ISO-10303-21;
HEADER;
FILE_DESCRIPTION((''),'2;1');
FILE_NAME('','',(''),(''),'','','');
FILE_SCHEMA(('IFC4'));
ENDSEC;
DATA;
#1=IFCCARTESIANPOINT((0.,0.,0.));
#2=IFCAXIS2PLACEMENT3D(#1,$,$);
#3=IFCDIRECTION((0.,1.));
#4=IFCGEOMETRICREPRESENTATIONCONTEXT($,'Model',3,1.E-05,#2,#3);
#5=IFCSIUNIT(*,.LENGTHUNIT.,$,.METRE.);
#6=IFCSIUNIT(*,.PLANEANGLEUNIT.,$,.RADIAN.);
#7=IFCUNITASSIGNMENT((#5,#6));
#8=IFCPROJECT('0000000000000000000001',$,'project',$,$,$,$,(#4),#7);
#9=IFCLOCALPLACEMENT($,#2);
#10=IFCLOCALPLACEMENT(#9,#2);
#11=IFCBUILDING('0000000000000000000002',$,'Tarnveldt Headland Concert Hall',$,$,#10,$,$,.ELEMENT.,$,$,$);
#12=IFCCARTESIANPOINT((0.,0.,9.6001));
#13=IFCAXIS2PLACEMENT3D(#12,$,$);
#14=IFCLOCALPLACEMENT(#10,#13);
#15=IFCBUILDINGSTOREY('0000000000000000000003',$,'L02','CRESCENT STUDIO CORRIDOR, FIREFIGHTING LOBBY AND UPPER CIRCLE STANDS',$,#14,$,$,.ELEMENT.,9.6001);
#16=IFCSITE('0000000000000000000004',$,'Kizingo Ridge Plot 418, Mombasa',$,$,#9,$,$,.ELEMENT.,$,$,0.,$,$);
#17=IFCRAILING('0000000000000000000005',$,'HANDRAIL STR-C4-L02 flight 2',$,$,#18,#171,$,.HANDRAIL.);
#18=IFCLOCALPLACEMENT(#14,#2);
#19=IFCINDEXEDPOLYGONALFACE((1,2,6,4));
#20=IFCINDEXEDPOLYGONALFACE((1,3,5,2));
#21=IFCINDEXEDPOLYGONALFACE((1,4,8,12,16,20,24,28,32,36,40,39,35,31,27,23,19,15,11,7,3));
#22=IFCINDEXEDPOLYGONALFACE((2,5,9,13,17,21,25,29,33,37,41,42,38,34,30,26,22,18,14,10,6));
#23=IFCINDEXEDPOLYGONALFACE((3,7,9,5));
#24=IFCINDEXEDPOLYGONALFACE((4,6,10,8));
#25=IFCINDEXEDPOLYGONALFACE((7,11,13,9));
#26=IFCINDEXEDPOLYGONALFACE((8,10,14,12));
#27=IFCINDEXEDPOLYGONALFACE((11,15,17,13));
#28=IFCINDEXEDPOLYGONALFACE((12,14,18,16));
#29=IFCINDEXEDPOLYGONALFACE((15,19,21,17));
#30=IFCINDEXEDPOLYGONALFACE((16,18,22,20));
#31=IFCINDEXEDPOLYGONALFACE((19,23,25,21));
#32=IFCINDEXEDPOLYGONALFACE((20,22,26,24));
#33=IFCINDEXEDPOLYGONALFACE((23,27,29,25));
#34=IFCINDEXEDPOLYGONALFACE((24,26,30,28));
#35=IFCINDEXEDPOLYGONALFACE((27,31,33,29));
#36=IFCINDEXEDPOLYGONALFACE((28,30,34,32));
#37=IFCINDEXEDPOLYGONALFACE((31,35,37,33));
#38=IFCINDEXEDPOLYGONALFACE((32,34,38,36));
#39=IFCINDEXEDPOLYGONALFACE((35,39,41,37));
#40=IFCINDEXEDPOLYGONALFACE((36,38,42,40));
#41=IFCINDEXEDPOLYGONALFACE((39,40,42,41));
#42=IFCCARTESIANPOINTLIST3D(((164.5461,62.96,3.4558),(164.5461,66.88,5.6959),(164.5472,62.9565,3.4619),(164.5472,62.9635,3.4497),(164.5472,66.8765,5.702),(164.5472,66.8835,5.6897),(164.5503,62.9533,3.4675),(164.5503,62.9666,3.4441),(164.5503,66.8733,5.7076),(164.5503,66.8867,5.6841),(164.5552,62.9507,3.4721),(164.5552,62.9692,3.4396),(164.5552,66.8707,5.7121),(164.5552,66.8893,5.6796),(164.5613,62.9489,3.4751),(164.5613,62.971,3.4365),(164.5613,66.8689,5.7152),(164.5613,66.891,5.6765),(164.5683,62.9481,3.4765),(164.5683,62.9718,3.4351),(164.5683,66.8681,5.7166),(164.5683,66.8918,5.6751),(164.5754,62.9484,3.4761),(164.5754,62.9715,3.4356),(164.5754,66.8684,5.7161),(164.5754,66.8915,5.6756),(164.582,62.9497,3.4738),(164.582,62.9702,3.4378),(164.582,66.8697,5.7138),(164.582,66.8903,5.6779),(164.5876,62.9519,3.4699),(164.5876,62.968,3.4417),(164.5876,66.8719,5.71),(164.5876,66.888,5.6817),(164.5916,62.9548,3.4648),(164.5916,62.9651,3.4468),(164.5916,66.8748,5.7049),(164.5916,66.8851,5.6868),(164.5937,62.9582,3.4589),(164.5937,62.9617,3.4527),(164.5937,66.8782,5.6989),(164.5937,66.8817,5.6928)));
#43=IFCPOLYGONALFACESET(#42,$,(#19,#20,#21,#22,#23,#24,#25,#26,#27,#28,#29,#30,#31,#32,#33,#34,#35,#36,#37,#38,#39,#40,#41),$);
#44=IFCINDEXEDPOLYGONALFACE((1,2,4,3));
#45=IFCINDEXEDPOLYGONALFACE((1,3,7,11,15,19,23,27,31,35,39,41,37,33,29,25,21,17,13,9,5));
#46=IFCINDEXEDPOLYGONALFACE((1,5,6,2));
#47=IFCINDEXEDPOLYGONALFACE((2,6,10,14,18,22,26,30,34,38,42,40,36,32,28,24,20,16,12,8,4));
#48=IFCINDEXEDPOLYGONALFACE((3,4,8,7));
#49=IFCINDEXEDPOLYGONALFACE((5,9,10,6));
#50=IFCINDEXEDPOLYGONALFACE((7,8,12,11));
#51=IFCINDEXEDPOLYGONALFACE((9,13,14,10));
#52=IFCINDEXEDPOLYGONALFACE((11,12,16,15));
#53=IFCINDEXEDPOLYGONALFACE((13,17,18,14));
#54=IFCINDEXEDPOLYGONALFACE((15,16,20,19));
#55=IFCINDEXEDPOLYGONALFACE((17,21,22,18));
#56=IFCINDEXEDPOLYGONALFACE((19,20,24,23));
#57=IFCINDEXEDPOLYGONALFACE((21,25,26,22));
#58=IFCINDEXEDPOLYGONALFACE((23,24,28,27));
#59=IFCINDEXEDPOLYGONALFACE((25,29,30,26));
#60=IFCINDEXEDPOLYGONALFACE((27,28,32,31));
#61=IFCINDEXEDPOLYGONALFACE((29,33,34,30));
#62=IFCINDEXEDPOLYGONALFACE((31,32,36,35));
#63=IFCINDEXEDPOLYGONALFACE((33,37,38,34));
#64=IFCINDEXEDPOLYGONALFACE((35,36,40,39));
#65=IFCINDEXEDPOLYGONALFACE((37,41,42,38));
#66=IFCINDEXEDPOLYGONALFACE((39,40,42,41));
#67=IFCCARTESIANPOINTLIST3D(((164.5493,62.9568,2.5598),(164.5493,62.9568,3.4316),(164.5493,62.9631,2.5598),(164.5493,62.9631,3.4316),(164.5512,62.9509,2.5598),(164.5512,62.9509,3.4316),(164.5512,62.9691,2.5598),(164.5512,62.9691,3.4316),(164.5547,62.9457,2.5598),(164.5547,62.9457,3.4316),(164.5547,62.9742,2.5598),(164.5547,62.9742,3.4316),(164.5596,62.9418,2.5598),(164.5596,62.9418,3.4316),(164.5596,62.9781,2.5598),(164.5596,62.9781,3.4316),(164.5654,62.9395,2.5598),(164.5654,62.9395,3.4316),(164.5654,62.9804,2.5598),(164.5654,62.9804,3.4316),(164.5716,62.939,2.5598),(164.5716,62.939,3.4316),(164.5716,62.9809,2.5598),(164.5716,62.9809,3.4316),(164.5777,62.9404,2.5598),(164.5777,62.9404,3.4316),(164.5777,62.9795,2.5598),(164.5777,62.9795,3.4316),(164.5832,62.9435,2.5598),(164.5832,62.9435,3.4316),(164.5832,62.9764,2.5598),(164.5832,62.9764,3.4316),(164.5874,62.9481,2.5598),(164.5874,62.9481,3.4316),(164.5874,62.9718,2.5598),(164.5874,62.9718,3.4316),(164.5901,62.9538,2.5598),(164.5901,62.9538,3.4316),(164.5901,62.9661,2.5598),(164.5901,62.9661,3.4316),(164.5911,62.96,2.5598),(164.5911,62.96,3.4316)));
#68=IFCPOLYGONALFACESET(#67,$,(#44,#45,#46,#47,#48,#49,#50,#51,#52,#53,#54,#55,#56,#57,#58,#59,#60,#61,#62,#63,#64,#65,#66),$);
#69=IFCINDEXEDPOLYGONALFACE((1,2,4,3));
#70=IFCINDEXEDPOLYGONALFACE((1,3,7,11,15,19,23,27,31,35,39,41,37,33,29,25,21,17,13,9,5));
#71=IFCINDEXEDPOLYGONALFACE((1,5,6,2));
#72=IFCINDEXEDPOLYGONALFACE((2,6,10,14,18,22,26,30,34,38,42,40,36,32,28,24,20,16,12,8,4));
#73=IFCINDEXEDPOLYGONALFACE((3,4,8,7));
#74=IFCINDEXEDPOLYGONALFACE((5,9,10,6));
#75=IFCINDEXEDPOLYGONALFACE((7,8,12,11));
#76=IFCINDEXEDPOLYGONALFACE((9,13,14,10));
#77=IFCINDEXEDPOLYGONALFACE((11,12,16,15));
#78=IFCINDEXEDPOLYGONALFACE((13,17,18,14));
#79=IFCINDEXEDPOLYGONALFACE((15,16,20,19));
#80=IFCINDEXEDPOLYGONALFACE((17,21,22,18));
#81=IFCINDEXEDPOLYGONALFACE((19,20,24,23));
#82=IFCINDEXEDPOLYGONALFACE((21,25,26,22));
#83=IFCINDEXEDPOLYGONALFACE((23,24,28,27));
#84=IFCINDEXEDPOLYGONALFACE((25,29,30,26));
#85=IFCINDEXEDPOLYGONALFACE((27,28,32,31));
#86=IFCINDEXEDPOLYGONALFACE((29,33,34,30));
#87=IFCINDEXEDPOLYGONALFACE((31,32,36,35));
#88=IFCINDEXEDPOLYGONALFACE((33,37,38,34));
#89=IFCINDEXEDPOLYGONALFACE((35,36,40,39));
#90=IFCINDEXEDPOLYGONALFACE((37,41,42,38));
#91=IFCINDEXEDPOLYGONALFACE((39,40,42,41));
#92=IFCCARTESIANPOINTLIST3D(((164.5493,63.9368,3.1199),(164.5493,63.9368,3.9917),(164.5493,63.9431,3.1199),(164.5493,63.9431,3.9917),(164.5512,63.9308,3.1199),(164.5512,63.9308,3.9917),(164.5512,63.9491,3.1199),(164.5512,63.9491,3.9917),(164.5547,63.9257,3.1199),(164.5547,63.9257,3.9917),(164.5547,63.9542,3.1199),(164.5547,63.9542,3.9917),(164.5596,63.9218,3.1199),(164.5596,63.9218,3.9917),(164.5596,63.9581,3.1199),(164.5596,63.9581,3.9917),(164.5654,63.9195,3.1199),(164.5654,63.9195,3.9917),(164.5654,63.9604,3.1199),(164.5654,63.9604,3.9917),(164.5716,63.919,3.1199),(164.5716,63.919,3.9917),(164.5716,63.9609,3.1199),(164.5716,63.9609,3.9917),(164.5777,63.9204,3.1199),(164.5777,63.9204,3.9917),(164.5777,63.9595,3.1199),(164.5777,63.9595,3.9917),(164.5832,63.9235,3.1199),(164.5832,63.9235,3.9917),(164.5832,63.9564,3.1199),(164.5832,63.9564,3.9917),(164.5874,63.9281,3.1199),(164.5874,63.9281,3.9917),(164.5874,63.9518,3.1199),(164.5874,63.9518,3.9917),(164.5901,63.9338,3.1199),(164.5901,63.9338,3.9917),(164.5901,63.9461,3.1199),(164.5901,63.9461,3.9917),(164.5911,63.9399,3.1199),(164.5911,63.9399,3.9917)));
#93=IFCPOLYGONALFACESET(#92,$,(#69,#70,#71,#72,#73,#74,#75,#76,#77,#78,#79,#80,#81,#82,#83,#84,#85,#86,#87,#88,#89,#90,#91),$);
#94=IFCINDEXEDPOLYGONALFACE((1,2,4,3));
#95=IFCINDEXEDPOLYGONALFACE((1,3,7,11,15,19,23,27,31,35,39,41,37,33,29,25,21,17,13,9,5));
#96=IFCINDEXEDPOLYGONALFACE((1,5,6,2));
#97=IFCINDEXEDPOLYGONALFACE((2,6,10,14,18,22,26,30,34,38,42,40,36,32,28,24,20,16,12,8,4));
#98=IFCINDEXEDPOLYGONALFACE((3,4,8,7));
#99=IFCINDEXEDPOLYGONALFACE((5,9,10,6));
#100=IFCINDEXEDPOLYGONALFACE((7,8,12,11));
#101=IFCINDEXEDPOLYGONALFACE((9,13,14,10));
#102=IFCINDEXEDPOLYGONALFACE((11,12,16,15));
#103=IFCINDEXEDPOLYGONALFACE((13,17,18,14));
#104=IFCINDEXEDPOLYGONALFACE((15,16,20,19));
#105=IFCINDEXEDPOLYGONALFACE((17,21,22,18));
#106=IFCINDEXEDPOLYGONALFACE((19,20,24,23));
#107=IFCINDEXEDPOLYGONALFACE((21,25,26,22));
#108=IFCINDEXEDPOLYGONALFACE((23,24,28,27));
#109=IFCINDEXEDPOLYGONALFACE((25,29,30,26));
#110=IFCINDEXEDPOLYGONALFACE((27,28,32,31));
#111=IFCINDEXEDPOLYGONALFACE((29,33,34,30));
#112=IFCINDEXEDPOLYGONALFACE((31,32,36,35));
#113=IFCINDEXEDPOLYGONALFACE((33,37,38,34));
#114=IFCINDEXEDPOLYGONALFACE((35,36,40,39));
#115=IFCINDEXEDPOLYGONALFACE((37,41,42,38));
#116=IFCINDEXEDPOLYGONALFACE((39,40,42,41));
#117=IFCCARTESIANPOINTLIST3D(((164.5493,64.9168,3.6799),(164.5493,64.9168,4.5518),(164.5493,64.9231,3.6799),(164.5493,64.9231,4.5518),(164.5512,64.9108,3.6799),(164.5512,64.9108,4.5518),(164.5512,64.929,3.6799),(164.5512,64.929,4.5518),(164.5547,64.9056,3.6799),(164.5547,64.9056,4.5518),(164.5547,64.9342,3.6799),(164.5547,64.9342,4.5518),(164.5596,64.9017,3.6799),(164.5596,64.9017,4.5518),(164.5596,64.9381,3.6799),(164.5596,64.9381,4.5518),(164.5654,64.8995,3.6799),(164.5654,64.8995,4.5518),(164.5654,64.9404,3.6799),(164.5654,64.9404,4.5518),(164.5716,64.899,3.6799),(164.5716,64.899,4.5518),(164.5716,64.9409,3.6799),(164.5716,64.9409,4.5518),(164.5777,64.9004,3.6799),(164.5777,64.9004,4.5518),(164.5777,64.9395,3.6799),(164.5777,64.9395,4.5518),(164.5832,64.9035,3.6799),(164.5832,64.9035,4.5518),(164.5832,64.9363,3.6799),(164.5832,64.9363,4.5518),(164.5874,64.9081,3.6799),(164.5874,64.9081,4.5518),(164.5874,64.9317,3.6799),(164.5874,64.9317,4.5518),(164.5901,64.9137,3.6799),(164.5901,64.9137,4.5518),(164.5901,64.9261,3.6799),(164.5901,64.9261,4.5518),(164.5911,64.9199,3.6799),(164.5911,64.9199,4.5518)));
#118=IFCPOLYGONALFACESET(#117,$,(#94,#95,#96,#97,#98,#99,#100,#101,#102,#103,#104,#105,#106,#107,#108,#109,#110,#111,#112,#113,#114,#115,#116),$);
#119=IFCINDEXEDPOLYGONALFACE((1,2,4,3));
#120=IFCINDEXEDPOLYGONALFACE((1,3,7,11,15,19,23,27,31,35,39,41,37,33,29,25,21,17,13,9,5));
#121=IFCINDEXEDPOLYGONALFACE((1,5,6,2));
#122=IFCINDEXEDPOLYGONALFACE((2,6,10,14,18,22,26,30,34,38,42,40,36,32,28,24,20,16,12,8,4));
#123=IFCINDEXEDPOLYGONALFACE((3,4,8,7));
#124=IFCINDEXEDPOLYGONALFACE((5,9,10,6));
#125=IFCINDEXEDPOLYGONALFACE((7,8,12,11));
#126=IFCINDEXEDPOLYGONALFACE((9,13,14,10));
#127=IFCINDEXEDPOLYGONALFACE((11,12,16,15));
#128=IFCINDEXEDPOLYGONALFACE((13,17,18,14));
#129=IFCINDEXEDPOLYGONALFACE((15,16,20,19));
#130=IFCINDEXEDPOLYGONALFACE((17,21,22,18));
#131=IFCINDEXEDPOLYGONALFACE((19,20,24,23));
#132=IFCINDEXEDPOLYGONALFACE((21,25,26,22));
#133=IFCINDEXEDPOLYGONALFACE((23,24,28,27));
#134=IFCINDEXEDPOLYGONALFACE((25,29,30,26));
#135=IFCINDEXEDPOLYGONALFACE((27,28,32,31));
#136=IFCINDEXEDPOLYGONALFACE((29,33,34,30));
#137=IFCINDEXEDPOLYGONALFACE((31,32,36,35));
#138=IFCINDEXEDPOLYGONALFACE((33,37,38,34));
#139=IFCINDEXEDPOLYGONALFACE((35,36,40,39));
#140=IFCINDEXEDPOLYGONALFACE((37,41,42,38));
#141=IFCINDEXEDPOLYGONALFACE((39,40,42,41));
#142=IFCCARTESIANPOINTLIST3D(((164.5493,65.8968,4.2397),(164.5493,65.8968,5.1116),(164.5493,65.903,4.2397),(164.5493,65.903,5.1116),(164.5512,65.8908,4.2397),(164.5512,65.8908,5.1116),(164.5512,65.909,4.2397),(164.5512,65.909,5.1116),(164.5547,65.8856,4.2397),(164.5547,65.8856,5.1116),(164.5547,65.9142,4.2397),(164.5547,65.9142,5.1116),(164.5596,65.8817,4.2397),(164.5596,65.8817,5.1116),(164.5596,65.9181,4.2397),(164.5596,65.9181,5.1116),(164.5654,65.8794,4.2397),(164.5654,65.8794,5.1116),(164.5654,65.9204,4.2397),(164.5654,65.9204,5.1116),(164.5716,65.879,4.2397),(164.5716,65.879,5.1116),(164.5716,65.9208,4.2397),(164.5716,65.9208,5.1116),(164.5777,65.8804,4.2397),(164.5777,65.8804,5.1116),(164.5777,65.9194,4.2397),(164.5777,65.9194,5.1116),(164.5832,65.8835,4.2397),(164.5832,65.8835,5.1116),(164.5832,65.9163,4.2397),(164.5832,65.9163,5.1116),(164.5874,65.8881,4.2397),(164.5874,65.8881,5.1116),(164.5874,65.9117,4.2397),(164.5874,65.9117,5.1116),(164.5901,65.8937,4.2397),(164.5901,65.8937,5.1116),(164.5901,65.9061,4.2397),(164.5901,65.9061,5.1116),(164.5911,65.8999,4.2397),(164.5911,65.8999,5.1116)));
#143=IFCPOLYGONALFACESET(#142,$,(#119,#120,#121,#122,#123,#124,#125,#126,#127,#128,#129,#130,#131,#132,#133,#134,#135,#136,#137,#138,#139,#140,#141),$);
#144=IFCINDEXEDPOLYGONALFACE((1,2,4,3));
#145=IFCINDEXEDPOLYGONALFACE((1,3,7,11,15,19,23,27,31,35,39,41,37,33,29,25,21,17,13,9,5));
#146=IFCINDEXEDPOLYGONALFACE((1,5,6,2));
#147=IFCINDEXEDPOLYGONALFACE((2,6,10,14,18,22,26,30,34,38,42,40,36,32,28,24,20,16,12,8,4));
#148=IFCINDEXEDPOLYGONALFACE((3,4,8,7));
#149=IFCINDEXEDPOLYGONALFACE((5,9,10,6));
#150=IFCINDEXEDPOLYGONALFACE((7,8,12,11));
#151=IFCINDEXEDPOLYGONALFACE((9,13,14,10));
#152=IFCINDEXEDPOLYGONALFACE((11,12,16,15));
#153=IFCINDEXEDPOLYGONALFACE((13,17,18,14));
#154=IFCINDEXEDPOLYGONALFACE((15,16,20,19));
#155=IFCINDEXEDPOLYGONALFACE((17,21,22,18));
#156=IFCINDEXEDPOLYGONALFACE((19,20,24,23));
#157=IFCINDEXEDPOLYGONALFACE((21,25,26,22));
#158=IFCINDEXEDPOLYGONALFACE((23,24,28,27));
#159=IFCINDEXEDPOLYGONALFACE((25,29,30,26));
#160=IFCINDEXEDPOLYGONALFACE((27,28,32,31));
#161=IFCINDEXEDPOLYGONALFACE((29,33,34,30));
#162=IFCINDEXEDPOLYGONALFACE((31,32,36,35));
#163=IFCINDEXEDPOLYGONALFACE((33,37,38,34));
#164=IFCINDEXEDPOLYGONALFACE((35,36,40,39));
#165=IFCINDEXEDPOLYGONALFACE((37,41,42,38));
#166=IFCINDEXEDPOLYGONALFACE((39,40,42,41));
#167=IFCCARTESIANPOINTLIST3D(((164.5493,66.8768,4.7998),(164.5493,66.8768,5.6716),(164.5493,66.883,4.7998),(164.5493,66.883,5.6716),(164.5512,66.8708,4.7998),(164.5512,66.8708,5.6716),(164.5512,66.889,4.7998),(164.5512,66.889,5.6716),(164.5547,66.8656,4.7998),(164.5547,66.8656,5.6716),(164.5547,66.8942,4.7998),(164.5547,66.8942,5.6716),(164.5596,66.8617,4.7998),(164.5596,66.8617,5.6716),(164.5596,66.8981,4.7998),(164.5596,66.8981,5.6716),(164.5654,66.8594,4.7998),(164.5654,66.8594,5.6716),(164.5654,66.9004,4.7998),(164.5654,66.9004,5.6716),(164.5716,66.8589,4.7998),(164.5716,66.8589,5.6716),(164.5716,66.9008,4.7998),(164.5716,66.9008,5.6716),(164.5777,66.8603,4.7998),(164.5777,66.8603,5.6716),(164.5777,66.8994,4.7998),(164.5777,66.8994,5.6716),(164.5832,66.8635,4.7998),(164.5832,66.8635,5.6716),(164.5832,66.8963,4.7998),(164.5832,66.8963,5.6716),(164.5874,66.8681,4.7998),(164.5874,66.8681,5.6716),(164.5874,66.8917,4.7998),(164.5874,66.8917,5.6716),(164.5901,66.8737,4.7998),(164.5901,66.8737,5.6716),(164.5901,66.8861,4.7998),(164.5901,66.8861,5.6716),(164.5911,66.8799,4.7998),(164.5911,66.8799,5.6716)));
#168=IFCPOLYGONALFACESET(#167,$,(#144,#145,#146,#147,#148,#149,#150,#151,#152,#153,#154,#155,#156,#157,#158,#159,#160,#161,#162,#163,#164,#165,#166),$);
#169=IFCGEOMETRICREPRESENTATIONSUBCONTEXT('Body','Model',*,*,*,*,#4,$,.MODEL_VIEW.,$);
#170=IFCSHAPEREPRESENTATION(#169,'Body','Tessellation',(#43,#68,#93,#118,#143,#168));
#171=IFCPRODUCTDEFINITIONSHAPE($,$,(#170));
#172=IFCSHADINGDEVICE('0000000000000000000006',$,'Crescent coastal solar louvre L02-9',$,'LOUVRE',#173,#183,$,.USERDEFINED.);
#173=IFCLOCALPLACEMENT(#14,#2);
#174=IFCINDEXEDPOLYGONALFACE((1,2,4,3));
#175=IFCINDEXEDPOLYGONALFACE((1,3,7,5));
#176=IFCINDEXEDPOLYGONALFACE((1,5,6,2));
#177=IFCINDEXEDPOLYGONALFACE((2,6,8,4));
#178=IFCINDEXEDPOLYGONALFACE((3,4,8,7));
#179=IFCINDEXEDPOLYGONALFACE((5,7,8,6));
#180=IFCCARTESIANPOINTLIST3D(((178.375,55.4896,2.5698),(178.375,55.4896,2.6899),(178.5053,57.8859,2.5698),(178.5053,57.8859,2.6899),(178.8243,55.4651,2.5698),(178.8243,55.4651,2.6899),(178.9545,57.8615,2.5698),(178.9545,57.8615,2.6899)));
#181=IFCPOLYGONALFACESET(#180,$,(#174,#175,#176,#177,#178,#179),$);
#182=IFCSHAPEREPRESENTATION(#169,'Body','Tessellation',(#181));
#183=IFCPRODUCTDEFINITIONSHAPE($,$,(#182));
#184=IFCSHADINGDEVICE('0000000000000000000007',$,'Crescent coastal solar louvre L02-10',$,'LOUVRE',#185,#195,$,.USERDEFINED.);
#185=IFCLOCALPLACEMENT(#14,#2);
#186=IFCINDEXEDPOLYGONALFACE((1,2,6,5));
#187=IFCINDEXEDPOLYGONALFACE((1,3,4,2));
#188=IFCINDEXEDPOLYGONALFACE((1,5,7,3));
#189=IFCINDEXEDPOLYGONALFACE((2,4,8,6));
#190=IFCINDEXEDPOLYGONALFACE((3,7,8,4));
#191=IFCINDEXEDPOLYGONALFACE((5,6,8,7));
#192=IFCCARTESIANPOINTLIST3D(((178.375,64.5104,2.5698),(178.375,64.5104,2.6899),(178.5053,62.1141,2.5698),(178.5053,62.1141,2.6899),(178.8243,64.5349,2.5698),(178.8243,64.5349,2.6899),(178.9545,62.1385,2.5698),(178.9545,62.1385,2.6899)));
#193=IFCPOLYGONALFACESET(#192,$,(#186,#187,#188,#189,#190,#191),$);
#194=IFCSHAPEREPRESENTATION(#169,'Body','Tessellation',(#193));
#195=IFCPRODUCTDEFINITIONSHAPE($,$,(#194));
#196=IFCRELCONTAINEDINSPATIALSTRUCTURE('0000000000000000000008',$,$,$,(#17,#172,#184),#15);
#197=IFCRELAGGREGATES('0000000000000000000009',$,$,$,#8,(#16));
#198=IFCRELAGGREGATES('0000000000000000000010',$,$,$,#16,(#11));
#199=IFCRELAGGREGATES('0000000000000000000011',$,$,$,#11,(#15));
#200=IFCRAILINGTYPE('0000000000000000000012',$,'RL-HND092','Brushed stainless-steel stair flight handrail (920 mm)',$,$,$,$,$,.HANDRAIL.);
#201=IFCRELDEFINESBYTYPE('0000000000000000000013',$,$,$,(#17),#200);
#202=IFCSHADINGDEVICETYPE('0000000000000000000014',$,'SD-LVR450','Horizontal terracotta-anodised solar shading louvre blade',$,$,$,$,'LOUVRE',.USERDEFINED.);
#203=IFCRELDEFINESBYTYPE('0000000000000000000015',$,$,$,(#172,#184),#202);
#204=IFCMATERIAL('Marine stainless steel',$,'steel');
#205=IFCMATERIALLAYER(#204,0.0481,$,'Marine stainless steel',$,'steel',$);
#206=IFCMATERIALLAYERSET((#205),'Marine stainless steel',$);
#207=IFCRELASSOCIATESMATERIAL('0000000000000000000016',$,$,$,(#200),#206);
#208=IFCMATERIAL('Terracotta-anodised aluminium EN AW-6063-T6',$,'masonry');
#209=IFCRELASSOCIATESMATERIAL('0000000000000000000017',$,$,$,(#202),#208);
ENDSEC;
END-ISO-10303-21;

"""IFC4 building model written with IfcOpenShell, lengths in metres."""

from ifc_helpers import new_model, si_unit, direction, frame, origin, origin_2d, place, context, subcontext, project, spatial, rectangle, circle, extrude, material, layer, layer_set, type_object, element, save


model = new_model("IFC4")

# Units and contexts
model_context = context("Model", 3, precision=1e-05, world=origin(), true_north=direction((0.0, 1.0)))
body_context = subcontext(model_context, "Body", "Model", "MODEL_VIEW")
ifc_project = project(units=[si_unit("LENGTHUNIT", "METRE"), si_unit("PLANEANGLEUNIT", "RADIAN")], contexts=[model_context])

# Site, building, storey
site_placement = place(None, origin())
site = spatial("IfcSite", under=ifc_project, at=site_placement, Name="Kizingo Ridge Plot 418, Mombasa", CompositionType="ELEMENT", RefElevation=0.0)
building_placement = place(site_placement, origin())
building = spatial("IfcBuilding", under=site, at=building_placement, Name="Tarnveldt Headland Concert Hall", CompositionType="ELEMENT")
storey_placement = place(building_placement, frame((0.0, 0.0, 9.6001)))
storey = spatial("IfcBuildingStorey", under=building, at=storey_placement, Name="L02", Description="CRESCENT STUDIO CORRIDOR, FIREFIGHTING LOBBY AND UPPER CIRCLE STANDS", CompositionType="ELEMENT", Elevation=9.6001)

# Railing
ifc_material_1 = material(Name="Marine stainless steel", Category="steel")
ifc_layer_1 = layer(ifc_material_1, 0.0481, Name="Marine stainless steel", Category="steel")
ifc_layer_set_1 = layer_set([ifc_layer_1], Name="Marine stainless steel")
railing_type_1 = type_object("IfcRailingType", Name="RL-HND092", Description="Brushed stainless-steel stair flight handrail (920 mm)", PredefinedType="HANDRAIL", material=ifc_layer_set_1)
railing_1_placement = place(storey_placement, frame((164.5701, 62.96, 2.5598)))
element("IfcRailing", 1, at=railing_1_placement, inside=storey, type_object=railing_type_1, Name="HANDRAIL STR-C4-L02 flight 2", PredefinedType="HANDRAIL", context=body_context, shape_type="SweptSolid", body=[
    extrude(circle(Radius=0.0239, at=origin_2d()), frame((0.0, 0.0, 0.896), z_axis=(0.0, 0.86824, 0.496145), x_axis=(-1.0, 0.0, 0.0)), (0.0, 0.0, 1.0), 4.5149),
    extrude(circle(Radius=0.021, at=origin_2d()), origin(), (0.0, 0.0, 1.0), 0.8718),
    extrude(circle(Radius=0.021, at=origin_2d()), frame((0.0, 0.98, 0.5601)), (0.0, 0.0, 1.0), 0.8718),
    extrude(circle(Radius=0.021, at=origin_2d()), frame((0.0, 1.96, 1.1201)), (0.0, 0.0, 1.0), 0.8718),
    extrude(circle(Radius=0.021, at=origin_2d()), frame((0.0, 2.9399, 1.6799)), (0.0, 0.0, 1.0), 0.8718),
    extrude(circle(Radius=0.021, at=origin_2d()), frame((0.0, 3.9199, 2.24)), (0.0, 0.0, 1.0), 0.8718),
])

# Shading devices
ifc_material_2 = material(Name="Terracotta-anodised aluminium EN AW-6063-T6", Category="masonry")
shading_device_type = type_object("IfcShadingDeviceType", Name="SD-LVR450", Description="Horizontal terracotta-anodised solar shading louvre blade", ElementType="LOUVRE", PredefinedType="USERDEFINED", material=ifc_material_2)
for number, where, z_axis, x_axis, name in (
    (2, (178.6648, 56.6755, 2.5698), (0.0, 0.0, 1.0), (0.998527, -0.054253, 0.0), "Crescent coastal solar louvre L02-9"),
    (3, (178.6648, 63.3245, 2.5698), (0.0, 0.0, 1.0), (0.998527, 0.054253, 0.0), "Crescent coastal solar louvre L02-10"),
):
    element("IfcShadingDevice", number, at=place(storey_placement, frame(where, z_axis=z_axis, x_axis=x_axis)), inside=storey, type_object=shading_device_type, Name=name, ObjectType="LOUVRE", PredefinedType="USERDEFINED", context=body_context, shape_type="SweptSolid", body=[
        extrude(rectangle(XDim=0.45, YDim=2.3999, at=origin_2d()), origin(), (0.0, 0.0, 1.0), 0.1201),
    ])

save(model, "model.ifc")
